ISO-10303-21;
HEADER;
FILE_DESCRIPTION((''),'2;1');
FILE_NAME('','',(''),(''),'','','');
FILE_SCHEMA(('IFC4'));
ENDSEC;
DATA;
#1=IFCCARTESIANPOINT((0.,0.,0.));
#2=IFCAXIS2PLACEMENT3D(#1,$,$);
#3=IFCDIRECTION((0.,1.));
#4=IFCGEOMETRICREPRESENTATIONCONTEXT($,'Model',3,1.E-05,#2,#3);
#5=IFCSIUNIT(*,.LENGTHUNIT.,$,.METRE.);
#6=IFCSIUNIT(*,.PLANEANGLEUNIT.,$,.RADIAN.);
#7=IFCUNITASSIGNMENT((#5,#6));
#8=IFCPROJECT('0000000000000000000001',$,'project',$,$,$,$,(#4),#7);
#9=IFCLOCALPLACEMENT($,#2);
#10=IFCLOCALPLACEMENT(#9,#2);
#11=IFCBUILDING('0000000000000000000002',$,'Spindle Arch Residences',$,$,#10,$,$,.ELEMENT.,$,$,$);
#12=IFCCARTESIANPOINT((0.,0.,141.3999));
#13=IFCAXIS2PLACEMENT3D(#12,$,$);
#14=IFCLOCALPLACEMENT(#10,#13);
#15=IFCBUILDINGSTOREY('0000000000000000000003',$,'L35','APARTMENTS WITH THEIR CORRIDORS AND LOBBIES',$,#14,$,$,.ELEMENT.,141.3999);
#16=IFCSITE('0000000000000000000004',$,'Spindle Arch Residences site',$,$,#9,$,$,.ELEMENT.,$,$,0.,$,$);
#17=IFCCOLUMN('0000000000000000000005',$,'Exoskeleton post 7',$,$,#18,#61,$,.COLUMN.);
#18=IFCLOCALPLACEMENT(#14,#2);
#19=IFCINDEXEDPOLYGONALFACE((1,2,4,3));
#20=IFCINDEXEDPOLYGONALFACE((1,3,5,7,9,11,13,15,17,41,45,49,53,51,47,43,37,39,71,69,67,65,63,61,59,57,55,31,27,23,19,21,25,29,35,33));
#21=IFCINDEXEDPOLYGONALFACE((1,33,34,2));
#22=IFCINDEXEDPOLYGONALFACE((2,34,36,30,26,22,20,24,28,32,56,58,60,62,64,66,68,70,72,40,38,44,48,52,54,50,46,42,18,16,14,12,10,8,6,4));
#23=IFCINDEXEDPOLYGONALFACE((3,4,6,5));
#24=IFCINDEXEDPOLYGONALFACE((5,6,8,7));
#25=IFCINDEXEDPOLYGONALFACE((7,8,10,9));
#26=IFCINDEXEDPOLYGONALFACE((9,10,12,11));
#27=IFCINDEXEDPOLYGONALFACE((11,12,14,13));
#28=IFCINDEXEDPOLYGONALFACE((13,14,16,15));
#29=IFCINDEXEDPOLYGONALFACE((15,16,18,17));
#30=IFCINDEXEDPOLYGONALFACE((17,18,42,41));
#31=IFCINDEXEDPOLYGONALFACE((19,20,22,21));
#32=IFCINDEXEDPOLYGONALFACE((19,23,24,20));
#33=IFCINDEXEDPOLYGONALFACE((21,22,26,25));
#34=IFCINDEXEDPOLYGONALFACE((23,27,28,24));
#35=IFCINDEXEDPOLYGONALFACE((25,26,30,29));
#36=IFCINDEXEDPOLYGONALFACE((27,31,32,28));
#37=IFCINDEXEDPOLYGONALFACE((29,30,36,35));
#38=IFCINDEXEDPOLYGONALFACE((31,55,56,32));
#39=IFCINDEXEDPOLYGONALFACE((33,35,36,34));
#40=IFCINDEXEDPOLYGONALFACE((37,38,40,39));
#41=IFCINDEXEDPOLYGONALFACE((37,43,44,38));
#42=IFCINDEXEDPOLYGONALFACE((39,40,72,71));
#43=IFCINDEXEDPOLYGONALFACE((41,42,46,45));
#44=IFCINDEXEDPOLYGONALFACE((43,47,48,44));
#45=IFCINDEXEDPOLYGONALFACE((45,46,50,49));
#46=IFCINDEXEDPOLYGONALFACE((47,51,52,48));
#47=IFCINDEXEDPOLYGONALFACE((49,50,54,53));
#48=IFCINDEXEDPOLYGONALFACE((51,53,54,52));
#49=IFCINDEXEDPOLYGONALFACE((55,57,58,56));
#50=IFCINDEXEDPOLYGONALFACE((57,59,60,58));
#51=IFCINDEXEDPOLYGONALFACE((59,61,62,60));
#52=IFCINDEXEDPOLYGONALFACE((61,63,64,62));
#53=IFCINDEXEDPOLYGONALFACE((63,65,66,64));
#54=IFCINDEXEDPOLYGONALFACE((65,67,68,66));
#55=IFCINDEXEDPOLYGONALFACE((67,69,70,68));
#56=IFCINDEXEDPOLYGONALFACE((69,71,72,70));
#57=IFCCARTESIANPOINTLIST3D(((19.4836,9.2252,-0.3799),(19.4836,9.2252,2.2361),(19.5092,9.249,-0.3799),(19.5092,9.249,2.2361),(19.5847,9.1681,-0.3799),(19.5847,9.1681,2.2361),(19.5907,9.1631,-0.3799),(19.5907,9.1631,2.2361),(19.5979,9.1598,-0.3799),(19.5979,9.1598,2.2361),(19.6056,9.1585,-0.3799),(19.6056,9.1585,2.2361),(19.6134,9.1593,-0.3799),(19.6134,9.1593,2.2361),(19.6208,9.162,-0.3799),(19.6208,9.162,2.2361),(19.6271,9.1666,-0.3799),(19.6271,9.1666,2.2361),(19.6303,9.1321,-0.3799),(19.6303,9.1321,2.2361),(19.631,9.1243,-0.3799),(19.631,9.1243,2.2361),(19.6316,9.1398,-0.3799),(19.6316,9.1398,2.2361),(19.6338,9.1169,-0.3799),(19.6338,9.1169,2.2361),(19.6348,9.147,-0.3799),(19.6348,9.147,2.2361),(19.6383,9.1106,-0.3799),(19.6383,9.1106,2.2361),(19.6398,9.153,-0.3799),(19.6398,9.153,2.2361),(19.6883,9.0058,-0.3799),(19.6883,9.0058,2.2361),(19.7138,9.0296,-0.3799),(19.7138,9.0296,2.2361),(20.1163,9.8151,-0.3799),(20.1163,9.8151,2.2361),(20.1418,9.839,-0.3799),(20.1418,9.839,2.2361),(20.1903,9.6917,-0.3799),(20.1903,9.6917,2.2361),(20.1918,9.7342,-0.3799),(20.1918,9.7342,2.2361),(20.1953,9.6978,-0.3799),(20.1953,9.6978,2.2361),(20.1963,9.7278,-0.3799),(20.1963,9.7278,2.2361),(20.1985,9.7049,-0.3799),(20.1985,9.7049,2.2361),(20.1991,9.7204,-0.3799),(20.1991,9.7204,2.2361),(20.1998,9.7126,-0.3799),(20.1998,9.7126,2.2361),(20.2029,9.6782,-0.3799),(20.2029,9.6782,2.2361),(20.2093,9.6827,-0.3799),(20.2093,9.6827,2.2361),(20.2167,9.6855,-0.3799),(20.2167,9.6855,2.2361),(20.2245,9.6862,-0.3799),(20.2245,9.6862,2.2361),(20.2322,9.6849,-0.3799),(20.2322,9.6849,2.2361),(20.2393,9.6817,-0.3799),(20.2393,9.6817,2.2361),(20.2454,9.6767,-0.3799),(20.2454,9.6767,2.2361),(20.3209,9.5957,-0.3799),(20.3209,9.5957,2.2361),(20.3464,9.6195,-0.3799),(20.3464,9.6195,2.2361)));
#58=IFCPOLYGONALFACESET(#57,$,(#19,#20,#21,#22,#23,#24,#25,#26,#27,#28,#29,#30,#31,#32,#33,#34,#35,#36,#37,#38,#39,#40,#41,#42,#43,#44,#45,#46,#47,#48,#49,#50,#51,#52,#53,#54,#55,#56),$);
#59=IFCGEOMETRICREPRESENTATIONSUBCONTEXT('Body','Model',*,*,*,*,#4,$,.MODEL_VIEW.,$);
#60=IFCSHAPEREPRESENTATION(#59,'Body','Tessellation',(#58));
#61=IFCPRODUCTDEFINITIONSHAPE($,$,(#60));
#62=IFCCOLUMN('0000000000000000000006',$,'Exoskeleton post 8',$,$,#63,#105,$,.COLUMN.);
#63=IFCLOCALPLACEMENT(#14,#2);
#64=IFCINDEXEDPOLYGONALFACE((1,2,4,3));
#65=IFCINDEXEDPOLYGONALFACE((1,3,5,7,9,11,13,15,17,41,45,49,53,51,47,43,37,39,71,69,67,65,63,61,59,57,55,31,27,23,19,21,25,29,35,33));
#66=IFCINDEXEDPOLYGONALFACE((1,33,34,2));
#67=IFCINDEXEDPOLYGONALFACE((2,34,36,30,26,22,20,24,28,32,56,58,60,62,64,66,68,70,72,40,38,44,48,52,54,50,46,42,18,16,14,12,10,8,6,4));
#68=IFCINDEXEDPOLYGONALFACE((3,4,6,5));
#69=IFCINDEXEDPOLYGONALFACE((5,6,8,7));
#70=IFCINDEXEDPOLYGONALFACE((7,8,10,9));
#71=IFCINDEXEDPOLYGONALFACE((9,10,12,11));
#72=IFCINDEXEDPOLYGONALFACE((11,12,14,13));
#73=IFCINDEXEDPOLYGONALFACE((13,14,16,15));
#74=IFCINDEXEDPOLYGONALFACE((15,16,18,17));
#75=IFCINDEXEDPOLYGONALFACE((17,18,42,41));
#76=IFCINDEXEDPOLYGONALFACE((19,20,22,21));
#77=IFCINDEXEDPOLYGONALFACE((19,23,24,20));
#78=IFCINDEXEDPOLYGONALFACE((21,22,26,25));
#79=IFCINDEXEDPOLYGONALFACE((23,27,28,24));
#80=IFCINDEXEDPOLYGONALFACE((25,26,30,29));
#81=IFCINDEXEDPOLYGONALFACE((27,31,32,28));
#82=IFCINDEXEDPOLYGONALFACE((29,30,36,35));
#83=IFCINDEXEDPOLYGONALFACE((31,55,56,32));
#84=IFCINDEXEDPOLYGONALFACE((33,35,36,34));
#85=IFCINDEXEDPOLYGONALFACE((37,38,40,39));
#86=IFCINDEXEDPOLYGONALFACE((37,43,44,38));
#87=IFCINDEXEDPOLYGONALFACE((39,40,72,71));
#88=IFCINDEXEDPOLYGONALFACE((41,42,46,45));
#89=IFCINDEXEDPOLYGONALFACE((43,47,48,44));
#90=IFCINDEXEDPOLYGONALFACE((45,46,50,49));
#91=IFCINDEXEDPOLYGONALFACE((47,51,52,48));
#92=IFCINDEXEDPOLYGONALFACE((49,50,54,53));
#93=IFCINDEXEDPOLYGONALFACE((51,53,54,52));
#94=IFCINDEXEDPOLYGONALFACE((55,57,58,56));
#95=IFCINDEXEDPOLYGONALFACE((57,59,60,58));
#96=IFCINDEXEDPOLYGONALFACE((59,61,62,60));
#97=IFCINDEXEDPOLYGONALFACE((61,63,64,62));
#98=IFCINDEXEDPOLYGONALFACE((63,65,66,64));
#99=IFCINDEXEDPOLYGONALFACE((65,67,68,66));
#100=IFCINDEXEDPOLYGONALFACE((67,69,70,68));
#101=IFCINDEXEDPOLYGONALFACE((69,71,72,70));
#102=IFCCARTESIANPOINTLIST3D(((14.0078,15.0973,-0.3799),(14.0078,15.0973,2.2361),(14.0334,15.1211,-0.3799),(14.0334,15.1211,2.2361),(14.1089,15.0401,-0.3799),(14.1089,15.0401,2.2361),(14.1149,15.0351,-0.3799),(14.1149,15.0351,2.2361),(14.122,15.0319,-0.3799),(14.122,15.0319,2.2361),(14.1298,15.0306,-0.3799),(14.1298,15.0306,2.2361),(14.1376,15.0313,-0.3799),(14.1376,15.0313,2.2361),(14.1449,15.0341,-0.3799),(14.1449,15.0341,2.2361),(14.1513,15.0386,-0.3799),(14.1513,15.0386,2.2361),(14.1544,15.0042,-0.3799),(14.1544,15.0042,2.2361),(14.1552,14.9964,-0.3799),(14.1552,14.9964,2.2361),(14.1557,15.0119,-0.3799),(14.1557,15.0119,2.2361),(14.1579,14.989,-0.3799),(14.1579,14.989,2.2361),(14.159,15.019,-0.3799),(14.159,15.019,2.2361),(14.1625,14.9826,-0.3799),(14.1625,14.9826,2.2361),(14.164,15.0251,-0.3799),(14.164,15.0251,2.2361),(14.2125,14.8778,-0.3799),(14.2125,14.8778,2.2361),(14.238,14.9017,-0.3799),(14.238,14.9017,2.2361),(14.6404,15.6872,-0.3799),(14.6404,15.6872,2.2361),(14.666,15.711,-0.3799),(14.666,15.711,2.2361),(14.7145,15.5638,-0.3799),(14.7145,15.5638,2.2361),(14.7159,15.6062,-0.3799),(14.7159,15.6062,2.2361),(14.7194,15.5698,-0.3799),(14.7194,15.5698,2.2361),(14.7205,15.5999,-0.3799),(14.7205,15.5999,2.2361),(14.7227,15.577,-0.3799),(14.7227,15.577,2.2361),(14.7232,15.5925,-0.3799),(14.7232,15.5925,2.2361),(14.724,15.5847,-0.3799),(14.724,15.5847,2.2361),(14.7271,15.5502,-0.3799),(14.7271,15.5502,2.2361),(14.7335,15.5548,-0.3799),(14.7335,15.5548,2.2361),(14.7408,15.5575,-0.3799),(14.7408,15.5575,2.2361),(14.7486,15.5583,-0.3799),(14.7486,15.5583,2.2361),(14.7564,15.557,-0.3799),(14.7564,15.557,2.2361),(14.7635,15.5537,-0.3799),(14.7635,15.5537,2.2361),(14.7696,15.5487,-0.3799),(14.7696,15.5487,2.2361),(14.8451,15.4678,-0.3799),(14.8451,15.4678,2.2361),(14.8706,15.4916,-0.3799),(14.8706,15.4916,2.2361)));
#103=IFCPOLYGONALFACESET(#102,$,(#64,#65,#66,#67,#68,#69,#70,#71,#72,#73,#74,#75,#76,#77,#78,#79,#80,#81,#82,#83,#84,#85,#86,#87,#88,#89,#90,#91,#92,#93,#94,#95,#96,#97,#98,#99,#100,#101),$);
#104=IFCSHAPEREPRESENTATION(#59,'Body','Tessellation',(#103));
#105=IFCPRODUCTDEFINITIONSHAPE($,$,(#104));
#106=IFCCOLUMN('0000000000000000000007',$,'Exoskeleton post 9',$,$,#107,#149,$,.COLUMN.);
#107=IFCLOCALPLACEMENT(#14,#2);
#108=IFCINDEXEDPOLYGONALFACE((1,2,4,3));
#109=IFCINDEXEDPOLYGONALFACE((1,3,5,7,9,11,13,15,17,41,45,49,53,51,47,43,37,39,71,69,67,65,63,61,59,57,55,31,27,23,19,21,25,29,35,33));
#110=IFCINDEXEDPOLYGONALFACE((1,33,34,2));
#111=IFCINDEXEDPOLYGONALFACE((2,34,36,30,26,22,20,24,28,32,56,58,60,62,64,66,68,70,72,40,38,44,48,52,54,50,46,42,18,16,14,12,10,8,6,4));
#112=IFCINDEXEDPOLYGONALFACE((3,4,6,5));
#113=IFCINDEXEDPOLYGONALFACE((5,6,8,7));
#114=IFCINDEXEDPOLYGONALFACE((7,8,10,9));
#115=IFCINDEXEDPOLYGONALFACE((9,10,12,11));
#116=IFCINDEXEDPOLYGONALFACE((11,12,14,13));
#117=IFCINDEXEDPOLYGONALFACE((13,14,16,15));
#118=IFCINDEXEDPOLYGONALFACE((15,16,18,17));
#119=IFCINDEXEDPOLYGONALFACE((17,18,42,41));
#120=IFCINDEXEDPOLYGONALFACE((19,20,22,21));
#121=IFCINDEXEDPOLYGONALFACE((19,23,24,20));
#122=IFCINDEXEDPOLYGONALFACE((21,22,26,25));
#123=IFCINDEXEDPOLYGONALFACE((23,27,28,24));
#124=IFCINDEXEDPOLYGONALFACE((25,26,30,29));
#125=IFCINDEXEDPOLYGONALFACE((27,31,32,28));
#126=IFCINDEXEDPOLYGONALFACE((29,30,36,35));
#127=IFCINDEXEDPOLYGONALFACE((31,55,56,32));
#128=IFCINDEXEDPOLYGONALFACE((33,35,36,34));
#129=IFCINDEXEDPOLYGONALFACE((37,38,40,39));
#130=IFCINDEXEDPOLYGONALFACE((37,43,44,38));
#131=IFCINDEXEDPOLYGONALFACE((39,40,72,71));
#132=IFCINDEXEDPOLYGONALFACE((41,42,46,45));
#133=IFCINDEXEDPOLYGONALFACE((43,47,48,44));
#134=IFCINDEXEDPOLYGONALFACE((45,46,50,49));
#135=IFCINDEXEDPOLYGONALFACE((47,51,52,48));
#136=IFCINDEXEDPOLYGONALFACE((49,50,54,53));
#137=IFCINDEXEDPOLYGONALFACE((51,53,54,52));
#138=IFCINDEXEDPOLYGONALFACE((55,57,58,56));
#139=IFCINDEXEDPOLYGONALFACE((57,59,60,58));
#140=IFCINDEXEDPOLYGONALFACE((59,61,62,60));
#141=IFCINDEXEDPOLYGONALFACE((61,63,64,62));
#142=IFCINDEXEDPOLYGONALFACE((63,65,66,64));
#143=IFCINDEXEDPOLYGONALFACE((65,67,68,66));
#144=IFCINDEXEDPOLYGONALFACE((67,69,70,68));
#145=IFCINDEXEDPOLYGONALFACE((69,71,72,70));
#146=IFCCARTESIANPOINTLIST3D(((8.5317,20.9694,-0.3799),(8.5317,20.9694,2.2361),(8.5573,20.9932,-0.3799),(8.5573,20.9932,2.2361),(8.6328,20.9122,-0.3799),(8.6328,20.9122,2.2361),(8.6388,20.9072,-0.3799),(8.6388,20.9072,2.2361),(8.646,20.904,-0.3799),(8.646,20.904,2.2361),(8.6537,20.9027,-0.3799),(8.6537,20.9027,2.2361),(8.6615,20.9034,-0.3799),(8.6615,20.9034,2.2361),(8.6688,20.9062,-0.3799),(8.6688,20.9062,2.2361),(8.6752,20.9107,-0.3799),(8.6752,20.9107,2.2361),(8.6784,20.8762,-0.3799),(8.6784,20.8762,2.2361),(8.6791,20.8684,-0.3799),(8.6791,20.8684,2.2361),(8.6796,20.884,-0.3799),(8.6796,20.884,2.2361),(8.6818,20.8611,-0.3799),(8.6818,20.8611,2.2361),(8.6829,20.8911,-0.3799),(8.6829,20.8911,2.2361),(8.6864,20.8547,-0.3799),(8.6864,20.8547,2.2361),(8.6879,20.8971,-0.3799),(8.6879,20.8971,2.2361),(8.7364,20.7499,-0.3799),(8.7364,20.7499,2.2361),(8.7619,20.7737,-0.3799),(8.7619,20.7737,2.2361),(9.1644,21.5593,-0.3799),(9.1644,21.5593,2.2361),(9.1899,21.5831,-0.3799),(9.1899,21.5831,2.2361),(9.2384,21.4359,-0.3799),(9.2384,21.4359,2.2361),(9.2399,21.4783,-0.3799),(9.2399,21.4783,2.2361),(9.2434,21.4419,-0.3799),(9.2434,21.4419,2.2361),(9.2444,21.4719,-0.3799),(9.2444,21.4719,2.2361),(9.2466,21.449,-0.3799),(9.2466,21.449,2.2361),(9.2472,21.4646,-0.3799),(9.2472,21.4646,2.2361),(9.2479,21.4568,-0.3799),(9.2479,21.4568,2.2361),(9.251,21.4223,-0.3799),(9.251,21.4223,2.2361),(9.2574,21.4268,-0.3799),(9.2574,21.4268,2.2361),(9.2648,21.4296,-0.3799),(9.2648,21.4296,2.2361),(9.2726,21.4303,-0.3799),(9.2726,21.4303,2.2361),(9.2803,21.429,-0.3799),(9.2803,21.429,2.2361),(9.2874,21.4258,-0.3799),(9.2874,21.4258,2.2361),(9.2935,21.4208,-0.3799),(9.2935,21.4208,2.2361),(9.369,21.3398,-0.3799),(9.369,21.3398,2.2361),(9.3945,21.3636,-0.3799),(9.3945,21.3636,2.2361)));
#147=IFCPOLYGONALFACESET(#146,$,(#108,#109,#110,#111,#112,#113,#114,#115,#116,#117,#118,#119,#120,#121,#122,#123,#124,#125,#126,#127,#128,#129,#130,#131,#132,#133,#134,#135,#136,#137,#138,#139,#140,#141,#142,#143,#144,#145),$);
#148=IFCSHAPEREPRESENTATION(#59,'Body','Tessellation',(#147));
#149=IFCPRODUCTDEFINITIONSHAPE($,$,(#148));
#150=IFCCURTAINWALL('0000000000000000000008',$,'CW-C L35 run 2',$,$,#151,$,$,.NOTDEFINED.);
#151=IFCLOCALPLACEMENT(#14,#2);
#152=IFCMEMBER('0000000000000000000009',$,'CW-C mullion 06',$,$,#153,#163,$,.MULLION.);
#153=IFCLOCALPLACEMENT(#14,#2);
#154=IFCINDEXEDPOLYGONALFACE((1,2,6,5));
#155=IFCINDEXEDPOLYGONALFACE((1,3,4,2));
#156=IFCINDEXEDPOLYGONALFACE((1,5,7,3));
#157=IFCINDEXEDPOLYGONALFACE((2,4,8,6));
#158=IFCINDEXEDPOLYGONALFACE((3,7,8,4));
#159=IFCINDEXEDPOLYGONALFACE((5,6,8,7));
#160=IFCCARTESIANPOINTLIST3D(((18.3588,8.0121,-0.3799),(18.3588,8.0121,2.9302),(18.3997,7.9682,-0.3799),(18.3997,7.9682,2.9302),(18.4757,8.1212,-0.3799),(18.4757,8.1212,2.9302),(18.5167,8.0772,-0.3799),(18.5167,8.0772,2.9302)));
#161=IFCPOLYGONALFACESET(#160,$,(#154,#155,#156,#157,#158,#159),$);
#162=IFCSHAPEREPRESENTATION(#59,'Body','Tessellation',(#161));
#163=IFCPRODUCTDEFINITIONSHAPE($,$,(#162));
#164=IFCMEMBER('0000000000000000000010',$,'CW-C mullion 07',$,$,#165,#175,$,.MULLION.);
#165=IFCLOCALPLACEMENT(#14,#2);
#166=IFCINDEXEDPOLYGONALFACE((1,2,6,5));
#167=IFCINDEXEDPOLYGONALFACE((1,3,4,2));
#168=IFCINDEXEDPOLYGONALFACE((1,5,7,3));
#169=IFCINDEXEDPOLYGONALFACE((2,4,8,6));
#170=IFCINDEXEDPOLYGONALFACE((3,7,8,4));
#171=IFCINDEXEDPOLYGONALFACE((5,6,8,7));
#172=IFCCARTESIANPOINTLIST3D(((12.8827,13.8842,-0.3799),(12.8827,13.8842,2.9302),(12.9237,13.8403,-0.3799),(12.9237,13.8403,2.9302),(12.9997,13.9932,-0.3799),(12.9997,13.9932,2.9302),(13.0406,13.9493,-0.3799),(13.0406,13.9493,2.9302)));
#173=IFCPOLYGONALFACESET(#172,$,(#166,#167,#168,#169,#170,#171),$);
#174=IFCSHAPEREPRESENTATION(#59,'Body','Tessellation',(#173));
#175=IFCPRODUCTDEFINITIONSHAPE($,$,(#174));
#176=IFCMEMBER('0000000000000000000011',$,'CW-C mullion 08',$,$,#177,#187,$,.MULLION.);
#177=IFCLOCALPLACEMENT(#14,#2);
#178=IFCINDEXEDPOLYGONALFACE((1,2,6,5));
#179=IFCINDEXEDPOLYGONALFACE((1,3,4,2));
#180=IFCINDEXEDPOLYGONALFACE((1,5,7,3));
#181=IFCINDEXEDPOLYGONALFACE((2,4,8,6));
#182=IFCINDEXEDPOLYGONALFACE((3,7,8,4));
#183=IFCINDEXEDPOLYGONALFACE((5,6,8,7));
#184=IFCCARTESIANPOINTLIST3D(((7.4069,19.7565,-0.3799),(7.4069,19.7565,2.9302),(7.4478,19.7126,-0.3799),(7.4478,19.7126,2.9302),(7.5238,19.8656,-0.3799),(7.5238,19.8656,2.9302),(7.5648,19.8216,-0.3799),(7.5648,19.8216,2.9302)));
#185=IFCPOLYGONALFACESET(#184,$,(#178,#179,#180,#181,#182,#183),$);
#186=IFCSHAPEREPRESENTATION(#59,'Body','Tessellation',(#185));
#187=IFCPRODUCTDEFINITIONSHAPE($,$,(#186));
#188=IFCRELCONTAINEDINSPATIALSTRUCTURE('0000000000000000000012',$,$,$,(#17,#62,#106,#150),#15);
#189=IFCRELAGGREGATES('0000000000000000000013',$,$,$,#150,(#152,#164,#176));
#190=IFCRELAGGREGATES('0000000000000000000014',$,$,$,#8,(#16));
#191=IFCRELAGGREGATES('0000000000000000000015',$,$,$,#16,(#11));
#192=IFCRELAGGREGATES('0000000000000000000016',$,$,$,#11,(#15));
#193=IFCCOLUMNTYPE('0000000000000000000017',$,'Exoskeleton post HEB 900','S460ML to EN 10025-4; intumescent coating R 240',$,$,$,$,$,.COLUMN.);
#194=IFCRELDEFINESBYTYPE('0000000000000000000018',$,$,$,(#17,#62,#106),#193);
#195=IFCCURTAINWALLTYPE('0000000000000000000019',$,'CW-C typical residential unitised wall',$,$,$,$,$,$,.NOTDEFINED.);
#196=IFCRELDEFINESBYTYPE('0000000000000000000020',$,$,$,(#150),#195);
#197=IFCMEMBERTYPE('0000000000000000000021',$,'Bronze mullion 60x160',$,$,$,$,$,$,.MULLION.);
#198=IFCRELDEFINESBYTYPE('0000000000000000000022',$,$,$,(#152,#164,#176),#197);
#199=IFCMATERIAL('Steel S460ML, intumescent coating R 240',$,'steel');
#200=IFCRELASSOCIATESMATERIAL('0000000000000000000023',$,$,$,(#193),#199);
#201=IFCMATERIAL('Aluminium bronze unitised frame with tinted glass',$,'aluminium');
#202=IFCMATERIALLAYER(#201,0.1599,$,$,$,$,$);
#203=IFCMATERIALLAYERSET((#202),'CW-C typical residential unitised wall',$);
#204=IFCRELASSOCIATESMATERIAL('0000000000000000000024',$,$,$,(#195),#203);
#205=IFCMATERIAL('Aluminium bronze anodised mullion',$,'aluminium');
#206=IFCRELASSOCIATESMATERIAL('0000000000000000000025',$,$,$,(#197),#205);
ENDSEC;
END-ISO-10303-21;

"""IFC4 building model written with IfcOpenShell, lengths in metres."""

from ifc_helpers import new_model, si_unit, direction, frame, origin, origin_2d, place, context, subcontext, project, spatial, rectangle, i_section, extrude, material, layer, layer_set, material_profile, profile_set, type_object, element, aggregate, save


model = new_model("IFC4")

# Units and contexts
model_context = context("Model", 3, precision=1e-05, world=origin(), true_north=direction((0.0, 1.0)))
body_context = subcontext(model_context, "Body", "Model", "MODEL_VIEW")
ifc_project = project(units=[si_unit("LENGTHUNIT", "METRE"), si_unit("PLANEANGLEUNIT", "RADIAN")], contexts=[model_context])

# Site, building, storey
site_placement = place(None, origin())
site = spatial("IfcSite", under=ifc_project, at=site_placement, Name="Spindle Arch Residences site", CompositionType="ELEMENT", RefElevation=0.0)
building_placement = place(site_placement, origin())
building = spatial("IfcBuilding", under=site, at=building_placement, Name="Spindle Arch Residences", CompositionType="ELEMENT")
storey_placement = place(building_placement, frame((0.0, 0.0, 141.3999)))
storey = spatial("IfcBuildingStorey", under=building, at=storey_placement, Name="L35", Description="APARTMENTS WITH THEIR CORRIDORS AND LOBBIES", CompositionType="ELEMENT", Elevation=141.3999)

# Columns
ifc_material_1 = material(Name="Steel S460ML, intumescent coating R 240", Category="steel")
ifc_material_profile_1 = material_profile(ifc_material_1, i_section(OverallWidth=0.3, OverallDepth=0.8999, WebThickness=0.0186, FlangeThickness=0.0349, FilletRadius=0.03, at=origin_2d()), Name="HEB 900")
ifc_profile_set_1 = profile_set([ifc_material_profile_1], Name="Steel S460ML, intumescent coating R 240")
column_type = type_object("IfcColumnType", Name="Exoskeleton post HEB 900", Description="S460ML to EN 10025-4; intumescent coating R 240", PredefinedType="COLUMN", material=ifc_profile_set_1)
for number, where, z_axis, x_axis, name in (
    (1, (19.915, 9.4224, -0.3799), (0.0, 0.0, 1.0), (0.681998, -0.731354, 0.0), "Exoskeleton post 7"),
    (2, (14.4392, 15.2944, -0.3799), (0.0, 0.0, 1.0), (0.681998, -0.731354, 0.0), "Exoskeleton post 8"),
    (3, (8.9631, 21.1665, -0.3799), (0.0, 0.0, 1.0), (0.681998, -0.731354, 0.0), "Exoskeleton post 9"),
):
    element("IfcColumn", number, at=place(storey_placement, frame(where, z_axis=z_axis, x_axis=x_axis)), inside=storey, type_object=column_type, Name=name, PredefinedType="COLUMN", context=body_context, shape_type="SweptSolid", body=[
        extrude(i_section(OverallWidth=0.3, OverallDepth=0.8999, WebThickness=0.0186, FlangeThickness=0.0349, FilletRadius=0.03, at=origin_2d()), origin(), (0.0, 0.0, 1.0), 2.616),
    ])

# Curtain wall, members
ifc_material_2 = material(Name="Aluminium bronze unitised frame with tinted glass", Category="aluminium")
ifc_layer_1 = layer(ifc_material_2, 0.1599)
ifc_layer_set_1 = layer_set([ifc_layer_1], Name="CW-C typical residential unitised wall")
curtain_wall_type = type_object("IfcCurtainWallType", Name="CW-C typical residential unitised wall", PredefinedType="NOTDEFINED", material=ifc_layer_set_1)
curtain_wall_placement = place(storey_placement, origin())
curtain_wall = element("IfcCurtainWall", 4, at=curtain_wall_placement, inside=storey, type_object=curtain_wall_type, Name="CW-C L35 run 2", PredefinedType="NOTDEFINED")
ifc_material_3 = material(Name="Aluminium bronze anodised mullion", Category="aluminium")
ifc_material_profile_2 = material_profile(ifc_material_3, rectangle(XDim=0.1599, YDim=0.0601, at=origin_2d()), Name="MU 60x160")
ifc_profile_set_2 = profile_set([ifc_material_profile_2], Name="Aluminium bronze anodised mullion")
member_type = type_object("IfcMemberType", Name="Bronze mullion 60x160", PredefinedType="MULLION", material=ifc_profile_set_2)
member_1_placement = place(storey_placement, frame((18.4377, 8.0447, -0.3799), z_axis=(0.0, 0.0, 1.0), x_axis=(-0.731354, -0.681998, 0.0)))
member_1 = element("IfcMember", 5, at=member_1_placement, type_object=member_type, Name="CW-C mullion 06", PredefinedType="MULLION", context=body_context, shape_type="SweptSolid", body=[
    extrude(rectangle(XDim=0.1599, YDim=0.0601, at=origin_2d()), origin(), (0.0, 0.0, 1.0), 3.3101),
])
member_2_placement = place(storey_placement, frame((12.9617, 13.9167, -0.3799), z_axis=(0.0, 0.0, 1.0), x_axis=(-0.731354, -0.681998, 0.0)))
member_2 = element("IfcMember", 6, at=member_2_placement, type_object=member_type, Name="CW-C mullion 07", PredefinedType="MULLION", context=body_context, shape_type="SweptSolid", body=[
    extrude(rectangle(XDim=0.1599, YDim=0.0601, at=origin_2d()), origin(), (0.0, 0.0, 1.0), 3.3101),
])
member_3_placement = place(storey_placement, frame((7.4858, 19.7891, -0.3799), z_axis=(0.0, 0.0, 1.0), x_axis=(-0.731354, -0.681998, 0.0)))
member_3 = element("IfcMember", 7, at=member_3_placement, type_object=member_type, Name="CW-C mullion 08", PredefinedType="MULLION", context=body_context, shape_type="SweptSolid", body=[
    extrude(rectangle(XDim=0.1599, YDim=0.0601, at=origin_2d()), origin(), (0.0, 0.0, 1.0), 3.3101),
])

aggregate(curtain_wall, [member_1, member_2, member_3])

save(model, "model.ifc")
